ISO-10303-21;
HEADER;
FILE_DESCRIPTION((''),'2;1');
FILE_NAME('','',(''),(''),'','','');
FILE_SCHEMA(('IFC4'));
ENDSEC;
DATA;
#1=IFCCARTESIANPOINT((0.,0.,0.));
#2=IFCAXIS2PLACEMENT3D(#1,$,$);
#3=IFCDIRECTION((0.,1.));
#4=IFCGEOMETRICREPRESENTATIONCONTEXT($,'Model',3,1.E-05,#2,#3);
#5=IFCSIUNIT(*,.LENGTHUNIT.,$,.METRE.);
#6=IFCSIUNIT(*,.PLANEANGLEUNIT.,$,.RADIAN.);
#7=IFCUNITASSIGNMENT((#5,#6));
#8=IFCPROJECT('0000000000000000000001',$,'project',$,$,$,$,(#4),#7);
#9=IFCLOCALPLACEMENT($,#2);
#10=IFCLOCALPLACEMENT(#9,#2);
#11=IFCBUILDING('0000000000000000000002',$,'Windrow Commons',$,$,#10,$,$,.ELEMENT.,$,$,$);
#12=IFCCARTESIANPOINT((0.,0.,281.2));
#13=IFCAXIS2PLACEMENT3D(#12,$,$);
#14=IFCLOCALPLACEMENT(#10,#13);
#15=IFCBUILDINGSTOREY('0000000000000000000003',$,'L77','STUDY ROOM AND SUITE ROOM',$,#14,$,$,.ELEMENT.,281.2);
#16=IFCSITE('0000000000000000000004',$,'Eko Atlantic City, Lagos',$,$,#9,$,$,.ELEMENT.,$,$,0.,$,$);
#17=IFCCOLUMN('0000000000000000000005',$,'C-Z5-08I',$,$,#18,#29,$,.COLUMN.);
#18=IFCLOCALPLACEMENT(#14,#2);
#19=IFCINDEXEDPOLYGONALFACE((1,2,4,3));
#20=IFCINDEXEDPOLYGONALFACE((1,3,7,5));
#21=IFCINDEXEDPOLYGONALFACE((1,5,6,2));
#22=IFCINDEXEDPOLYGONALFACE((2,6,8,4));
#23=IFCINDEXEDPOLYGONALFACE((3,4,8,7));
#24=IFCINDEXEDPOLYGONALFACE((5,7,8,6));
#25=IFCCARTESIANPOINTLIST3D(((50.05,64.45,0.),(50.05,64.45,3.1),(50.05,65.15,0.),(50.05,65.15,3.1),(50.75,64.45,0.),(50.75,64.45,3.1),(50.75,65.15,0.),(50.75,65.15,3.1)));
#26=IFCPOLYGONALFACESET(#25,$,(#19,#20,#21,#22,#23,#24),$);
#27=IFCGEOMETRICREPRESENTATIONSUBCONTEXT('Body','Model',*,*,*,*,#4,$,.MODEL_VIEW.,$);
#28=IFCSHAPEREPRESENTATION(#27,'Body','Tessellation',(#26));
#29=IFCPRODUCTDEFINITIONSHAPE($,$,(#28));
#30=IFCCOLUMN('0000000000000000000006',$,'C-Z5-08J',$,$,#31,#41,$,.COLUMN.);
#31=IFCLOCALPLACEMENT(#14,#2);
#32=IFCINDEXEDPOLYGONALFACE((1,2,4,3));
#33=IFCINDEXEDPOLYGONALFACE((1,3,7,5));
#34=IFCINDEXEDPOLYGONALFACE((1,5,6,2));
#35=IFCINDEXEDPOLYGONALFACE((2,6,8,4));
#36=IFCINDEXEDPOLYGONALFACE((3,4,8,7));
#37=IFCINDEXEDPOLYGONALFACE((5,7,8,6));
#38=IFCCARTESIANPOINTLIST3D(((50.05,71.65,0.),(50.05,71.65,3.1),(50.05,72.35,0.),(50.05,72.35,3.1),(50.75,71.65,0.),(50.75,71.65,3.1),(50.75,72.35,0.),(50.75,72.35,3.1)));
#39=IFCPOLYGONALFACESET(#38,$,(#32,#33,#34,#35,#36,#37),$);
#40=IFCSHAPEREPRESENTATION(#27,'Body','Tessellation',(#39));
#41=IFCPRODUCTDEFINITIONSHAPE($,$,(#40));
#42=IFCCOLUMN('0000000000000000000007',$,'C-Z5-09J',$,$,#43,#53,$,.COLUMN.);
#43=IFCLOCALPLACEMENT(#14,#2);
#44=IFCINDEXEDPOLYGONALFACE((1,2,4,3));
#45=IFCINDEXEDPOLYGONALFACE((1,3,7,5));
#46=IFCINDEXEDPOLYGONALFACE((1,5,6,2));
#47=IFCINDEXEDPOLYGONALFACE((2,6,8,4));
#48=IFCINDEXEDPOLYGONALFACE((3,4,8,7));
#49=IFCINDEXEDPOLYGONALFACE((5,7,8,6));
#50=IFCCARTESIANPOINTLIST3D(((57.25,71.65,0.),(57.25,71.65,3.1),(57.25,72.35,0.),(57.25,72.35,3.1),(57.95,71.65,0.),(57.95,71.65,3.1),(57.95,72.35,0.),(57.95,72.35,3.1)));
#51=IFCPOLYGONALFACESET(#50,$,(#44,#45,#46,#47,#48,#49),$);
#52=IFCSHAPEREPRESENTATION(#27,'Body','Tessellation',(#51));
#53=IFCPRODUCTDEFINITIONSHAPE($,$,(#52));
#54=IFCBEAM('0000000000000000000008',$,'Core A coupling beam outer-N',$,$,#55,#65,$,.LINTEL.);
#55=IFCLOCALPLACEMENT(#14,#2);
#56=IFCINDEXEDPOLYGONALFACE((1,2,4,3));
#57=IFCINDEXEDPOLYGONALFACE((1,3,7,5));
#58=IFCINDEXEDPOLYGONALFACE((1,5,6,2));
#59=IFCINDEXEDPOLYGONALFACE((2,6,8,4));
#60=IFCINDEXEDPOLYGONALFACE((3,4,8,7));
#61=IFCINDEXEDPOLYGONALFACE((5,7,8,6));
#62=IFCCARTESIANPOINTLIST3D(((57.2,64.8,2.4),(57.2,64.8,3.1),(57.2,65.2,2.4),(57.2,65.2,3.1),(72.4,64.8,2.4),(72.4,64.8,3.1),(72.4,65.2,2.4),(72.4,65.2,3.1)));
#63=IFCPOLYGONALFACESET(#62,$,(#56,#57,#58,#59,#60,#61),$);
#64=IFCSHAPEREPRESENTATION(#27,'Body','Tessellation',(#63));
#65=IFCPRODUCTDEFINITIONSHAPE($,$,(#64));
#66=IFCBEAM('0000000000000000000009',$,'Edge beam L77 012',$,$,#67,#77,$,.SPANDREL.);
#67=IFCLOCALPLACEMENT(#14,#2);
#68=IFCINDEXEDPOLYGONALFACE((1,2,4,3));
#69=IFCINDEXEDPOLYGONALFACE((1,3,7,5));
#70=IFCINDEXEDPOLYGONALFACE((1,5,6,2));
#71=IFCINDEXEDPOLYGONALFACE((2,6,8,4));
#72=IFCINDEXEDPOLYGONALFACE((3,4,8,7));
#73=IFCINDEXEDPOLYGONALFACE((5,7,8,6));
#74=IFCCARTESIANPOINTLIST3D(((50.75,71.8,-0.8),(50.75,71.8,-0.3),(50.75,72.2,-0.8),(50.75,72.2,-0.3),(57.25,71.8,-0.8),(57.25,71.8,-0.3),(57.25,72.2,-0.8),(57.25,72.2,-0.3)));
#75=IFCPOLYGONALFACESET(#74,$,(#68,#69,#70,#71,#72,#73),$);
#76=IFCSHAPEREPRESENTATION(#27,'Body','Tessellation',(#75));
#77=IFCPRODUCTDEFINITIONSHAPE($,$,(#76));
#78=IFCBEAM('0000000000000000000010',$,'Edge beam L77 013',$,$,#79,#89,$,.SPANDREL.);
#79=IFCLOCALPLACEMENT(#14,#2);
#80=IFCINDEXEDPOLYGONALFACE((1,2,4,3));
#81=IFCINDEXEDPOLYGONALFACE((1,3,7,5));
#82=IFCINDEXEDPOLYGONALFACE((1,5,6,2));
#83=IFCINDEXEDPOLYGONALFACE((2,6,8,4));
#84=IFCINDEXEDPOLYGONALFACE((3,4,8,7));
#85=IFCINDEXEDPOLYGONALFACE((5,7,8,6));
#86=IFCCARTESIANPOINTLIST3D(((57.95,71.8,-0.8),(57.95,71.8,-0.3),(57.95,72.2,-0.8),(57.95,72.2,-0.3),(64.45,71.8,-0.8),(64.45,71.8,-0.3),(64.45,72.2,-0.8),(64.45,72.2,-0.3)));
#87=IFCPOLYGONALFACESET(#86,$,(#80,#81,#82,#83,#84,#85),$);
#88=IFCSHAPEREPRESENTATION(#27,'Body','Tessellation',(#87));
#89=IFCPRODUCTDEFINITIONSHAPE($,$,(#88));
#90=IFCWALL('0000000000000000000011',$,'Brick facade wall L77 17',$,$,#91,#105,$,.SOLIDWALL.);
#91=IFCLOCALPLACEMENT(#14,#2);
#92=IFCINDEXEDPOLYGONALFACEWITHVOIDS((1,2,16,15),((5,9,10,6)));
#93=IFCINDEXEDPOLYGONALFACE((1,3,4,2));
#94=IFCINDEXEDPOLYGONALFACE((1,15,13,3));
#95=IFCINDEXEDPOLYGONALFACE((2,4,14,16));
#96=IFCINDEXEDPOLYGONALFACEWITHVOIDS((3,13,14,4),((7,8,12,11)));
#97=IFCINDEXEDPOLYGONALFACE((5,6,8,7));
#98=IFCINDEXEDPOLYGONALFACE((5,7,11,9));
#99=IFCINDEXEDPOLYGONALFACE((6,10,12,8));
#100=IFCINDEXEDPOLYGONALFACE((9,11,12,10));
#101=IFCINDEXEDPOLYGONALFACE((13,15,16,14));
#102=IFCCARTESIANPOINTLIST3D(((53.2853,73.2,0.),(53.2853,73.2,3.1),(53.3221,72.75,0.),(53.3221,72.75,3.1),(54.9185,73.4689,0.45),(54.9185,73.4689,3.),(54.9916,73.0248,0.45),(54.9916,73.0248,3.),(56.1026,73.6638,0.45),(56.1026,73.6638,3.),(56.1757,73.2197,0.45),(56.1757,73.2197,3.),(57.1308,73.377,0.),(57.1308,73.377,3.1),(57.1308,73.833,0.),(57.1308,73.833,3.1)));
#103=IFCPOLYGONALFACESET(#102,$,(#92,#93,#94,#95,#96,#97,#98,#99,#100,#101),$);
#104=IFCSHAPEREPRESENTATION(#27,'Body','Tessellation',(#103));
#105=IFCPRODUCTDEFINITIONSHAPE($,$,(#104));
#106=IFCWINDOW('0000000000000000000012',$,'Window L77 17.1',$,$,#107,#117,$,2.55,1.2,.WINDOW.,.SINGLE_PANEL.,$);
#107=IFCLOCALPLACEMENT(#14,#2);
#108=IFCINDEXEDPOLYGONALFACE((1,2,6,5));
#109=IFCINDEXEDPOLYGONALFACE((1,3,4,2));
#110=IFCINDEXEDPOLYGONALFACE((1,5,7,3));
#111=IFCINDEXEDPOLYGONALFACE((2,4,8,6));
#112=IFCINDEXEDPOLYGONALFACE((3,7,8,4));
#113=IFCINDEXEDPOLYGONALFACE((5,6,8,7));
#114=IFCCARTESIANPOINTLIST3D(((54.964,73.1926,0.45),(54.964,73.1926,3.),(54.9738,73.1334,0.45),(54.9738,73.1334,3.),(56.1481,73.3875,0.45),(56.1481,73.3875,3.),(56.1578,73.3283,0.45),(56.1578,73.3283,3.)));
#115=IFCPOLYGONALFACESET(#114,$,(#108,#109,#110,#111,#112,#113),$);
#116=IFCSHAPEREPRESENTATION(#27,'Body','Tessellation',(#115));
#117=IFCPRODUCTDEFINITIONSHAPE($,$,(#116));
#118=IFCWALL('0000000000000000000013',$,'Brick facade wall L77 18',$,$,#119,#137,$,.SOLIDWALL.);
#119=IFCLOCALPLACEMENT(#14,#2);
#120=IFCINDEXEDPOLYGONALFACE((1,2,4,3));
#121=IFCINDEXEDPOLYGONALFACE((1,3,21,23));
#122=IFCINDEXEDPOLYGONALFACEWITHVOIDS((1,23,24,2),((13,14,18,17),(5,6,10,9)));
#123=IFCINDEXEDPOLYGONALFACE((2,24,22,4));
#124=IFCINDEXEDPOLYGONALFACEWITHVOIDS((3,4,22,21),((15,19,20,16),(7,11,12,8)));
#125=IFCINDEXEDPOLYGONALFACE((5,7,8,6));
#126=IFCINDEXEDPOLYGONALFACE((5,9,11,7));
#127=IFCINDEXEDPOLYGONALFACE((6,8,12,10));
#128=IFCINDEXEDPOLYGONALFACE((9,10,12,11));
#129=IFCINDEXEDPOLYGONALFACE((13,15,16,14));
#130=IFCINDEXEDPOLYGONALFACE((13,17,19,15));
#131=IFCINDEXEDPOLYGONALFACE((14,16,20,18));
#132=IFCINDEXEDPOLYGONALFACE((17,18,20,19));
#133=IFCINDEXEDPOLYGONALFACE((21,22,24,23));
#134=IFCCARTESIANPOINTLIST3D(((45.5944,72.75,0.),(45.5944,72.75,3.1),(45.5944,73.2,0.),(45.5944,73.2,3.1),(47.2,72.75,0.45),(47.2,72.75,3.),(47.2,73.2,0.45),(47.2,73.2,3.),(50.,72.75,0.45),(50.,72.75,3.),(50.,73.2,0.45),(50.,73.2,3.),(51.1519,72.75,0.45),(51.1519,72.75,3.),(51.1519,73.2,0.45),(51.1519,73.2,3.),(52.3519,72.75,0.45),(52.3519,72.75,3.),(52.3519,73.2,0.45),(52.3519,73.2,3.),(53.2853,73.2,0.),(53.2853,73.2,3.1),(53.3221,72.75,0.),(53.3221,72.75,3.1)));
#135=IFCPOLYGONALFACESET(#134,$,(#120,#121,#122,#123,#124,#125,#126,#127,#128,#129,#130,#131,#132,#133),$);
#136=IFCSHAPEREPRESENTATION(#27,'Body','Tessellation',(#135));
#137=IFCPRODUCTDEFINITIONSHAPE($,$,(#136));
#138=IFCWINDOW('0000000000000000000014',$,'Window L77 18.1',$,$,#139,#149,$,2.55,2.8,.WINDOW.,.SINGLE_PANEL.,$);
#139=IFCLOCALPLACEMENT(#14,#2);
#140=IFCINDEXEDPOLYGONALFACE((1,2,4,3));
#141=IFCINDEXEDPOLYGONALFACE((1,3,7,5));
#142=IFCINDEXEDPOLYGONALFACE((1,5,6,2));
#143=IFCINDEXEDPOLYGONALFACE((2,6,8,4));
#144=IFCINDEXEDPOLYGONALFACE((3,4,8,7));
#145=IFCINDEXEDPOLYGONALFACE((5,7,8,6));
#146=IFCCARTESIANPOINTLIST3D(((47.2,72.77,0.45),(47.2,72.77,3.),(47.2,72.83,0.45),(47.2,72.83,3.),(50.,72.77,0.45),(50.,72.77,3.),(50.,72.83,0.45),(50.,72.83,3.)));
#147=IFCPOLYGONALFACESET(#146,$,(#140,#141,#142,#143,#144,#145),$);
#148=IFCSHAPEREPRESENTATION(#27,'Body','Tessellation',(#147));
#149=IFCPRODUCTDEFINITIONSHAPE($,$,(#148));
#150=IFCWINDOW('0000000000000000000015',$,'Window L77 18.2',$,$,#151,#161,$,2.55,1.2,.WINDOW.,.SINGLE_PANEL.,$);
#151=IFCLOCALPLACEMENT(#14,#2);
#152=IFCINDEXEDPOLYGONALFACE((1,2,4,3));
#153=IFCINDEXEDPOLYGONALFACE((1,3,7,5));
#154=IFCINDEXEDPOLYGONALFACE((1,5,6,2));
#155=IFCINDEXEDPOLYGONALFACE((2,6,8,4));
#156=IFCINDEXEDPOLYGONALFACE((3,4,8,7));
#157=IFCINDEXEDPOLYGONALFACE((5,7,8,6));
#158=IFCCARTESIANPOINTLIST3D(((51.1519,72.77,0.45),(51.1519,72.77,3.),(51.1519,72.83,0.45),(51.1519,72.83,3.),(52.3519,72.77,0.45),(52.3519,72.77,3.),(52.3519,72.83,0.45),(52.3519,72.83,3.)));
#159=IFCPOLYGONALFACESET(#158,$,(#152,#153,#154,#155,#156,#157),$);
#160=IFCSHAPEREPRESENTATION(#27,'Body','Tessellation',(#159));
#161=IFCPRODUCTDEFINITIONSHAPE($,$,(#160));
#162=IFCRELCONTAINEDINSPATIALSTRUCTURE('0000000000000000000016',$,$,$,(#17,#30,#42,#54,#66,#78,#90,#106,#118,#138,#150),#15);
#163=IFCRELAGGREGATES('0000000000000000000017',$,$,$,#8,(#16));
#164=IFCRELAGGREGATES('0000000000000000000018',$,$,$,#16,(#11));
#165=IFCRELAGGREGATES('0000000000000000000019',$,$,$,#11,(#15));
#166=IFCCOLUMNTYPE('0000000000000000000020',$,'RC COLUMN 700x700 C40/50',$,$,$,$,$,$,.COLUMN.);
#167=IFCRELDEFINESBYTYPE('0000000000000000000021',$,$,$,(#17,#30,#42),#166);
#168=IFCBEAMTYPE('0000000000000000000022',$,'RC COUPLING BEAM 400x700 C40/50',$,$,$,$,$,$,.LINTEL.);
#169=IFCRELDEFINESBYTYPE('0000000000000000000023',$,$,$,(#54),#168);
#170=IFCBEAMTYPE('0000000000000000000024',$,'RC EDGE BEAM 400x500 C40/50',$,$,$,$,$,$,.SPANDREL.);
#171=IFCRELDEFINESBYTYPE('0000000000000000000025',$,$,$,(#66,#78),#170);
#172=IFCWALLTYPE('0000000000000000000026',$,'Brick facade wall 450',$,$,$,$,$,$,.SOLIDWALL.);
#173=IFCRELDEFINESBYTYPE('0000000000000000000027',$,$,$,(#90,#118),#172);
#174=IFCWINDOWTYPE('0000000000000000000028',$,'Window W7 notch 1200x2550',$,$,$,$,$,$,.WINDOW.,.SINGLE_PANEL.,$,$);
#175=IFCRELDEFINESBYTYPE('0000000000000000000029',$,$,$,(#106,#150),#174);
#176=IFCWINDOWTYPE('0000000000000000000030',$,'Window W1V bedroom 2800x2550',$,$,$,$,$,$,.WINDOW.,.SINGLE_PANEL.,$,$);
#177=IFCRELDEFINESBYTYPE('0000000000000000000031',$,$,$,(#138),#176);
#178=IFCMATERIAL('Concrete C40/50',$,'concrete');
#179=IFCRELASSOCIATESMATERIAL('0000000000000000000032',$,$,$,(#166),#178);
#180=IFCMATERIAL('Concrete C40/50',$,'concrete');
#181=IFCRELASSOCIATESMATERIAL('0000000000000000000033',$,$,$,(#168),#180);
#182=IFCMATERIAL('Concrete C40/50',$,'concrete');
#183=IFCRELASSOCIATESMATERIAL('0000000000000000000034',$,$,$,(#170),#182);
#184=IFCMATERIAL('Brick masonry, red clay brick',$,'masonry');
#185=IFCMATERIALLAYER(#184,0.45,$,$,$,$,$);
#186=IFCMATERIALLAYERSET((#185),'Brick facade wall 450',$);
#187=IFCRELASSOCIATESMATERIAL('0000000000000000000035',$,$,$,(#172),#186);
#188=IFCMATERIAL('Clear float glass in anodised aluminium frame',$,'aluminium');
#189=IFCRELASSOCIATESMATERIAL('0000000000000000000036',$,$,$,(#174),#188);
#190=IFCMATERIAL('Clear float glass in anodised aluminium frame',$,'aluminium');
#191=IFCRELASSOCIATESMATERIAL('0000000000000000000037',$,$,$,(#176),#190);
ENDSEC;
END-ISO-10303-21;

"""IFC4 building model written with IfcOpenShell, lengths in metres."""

from ifc_helpers import new_model, si_unit, direction, frame, frame_2d, origin, origin_2d, place, context, subcontext, project, spatial, polyline, rectangle, outline, extrude, material, layer, layer_set, material_profile, profile_set, type_object, element, fill, save


model = new_model("IFC4")

# Units and contexts
model_context = context("Model", 3, precision=1e-05, world=origin(), true_north=direction((0.0, 1.0)))
body_context = subcontext(model_context, "Body", "Model", "MODEL_VIEW")
ifc_project = project(units=[si_unit("LENGTHUNIT", "METRE"), si_unit("PLANEANGLEUNIT", "RADIAN")], contexts=[model_context])

# Site, building, storey
site_placement = place(None, origin())
site = spatial("IfcSite", under=ifc_project, at=site_placement, Name="Eko Atlantic City, Lagos", CompositionType="ELEMENT", RefElevation=0.0)
building_placement = place(site_placement, origin())
building = spatial("IfcBuilding", under=site, at=building_placement, Name="Windrow Commons", CompositionType="ELEMENT")
storey_placement = place(building_placement, frame((0.0, 0.0, 281.2)))
storey = spatial("IfcBuildingStorey", under=building, at=storey_placement, Name="L77", Description="STUDY ROOM AND SUITE ROOM", CompositionType="ELEMENT", Elevation=281.2)

# Columns
ifc_material_1 = material(Name="Concrete C40/50", Category="concrete")
ifc_material_profile_1 = material_profile(ifc_material_1, rectangle(XDim=0.7, YDim=0.7, at=origin_2d()))
ifc_profile_set_1 = profile_set([ifc_material_profile_1], Name="Concrete C40/50")
column_type = type_object("IfcColumnType", Name="RC COLUMN 700x700 C40/50", PredefinedType="COLUMN", material=ifc_profile_set_1)
for number, where, z_axis, x_axis, name in (
    (1, (50.4, 64.8, 0.0), (0.0, 0.0, 1.0), (1.0, 0.0, 0.0), "C-Z5-08I"),
    (2, (50.4, 72.0, 0.0), (0.0, 0.0, 1.0), (1.0, 0.0, 0.0), "C-Z5-08J"),
    (3, (57.6, 72.0, 0.0), (0.0, 0.0, 1.0), (1.0, 0.0, 0.0), "C-Z5-09J"),
):
    element("IfcColumn", number, at=place(storey_placement, frame(where, z_axis=z_axis, x_axis=x_axis)), inside=storey, type_object=column_type, Name=name, PredefinedType="COLUMN", context=body_context, shape_type="SweptSolid", body=[
        extrude(rectangle(XDim=0.7, YDim=0.7, at=origin_2d()), origin(), (0.0, 0.0, 1.0), 3.1),
    ])

# Beams
ifc_material_2 = material(Name="Concrete C40/50", Category="concrete")
ifc_material_profile_2 = material_profile(ifc_material_2, rectangle(XDim=0.4, YDim=0.7, at=origin_2d()))
ifc_profile_set_2 = profile_set([ifc_material_profile_2], Name="Concrete C40/50")
beam_type_1 = type_object("IfcBeamType", Name="RC COUPLING BEAM 400x700 C40/50", PredefinedType="LINTEL", material=ifc_profile_set_2)
beam_placement = place(storey_placement, frame((57.2, 65.0, 2.75), z_axis=(1.0, 0.0, 0.0), x_axis=(0.0, 1.0, 0.0)))
element("IfcBeam", 4, at=beam_placement, inside=storey, type_object=beam_type_1, Name="Core A coupling beam outer-N", PredefinedType="LINTEL", context=body_context, shape_type="SweptSolid", body=[
    extrude(rectangle(XDim=0.4, YDim=0.7, at=origin_2d()), origin(), (0.0, 0.0, 1.0), 15.2),
])
ifc_material_3 = material(Name="Concrete C40/50", Category="concrete")
ifc_material_profile_3 = material_profile(ifc_material_3, rectangle(XDim=0.4, YDim=0.5, at=origin_2d()))
ifc_profile_set_3 = profile_set([ifc_material_profile_3], Name="Concrete C40/50")
beam_type_2 = type_object("IfcBeamType", Name="RC EDGE BEAM 400x500 C40/50", PredefinedType="SPANDREL", material=ifc_profile_set_3)
for number, where, z_axis, x_axis, name in (
    (5, (50.75, 72.0, -0.55), (1.0, 0.0, 0.0), (0.0, 1.0, 0.0), "Edge beam L77 012"),
    (6, (57.95, 72.0, -0.55), (1.0, 0.0, 0.0), (0.0, 1.0, 0.0), "Edge beam L77 013"),
):
    element("IfcBeam", number, at=place(storey_placement, frame(where, z_axis=z_axis, x_axis=x_axis)), inside=storey, type_object=beam_type_2, Name=name, PredefinedType="SPANDREL", context=body_context, shape_type="SweptSolid", body=[
        extrude(rectangle(XDim=0.4, YDim=0.5, at=origin_2d()), origin(), (0.0, 0.0, 1.0), 6.5),
    ])

# Wall, opening, window
ifc_material_4 = material(Name="Brick masonry, red clay brick", Category="masonry")
ifc_layer_1 = layer(ifc_material_4, 0.45)
ifc_layer_set_1 = layer_set([ifc_layer_1], Name="Brick facade wall 450")
wall_type_1 = type_object("IfcWallType", Name="Brick facade wall 450", PredefinedType="SOLIDWALL", material=ifc_layer_set_1)
wall_1_placement = place(storey_placement, frame((57.1308, 73.605, 0.0), z_axis=(0.0, 0.0, 1.0), x_axis=(-0.98672, -0.162429, 0.0)))
wall_1 = element("IfcWall", 7, at=wall_1_placement, inside=storey, type_object=wall_type_1, Name="Brick facade wall L77 17", PredefinedType="SOLIDWALL", context=body_context, shape_type="SweptSolid", body=[
    extrude(outline(polyline([(-0.037, -0.225), (3.8602, -0.225), (3.897, 0.225), (0.037, 0.225), (-0.037, -0.225)])), origin(), (0.0, 0.0, 1.0), 3.1),
])
opening_1_placement = place(wall_1_placement, frame((1.005, 0.0, 0.45)))
opening_1 = element("IfcOpeningElement", 8, at=opening_1_placement, cuts=wall_1, PredefinedType="OPENING", context=body_context, shape_type="SweptSolid", body=[
    extrude(rectangle(XDim=1.2, YDim=2.55, at=frame_2d((0.6, 1.275))), frame((0.0, 0.235, 0.0), z_axis=(0.0, -1.0, 0.0), x_axis=(1.0, 0.0, 0.0)), (0.0, 0.0, 1.0), 0.47),
])
ifc_material_5 = material(Name="Clear float glass in anodised aluminium frame", Category="aluminium")
window_type_1 = type_object("IfcWindowType", Name="Window W7 notch 1200x2550", PartitioningType="SINGLE_PANEL", PredefinedType="WINDOW", material=ifc_material_5)
window_1_placement = place(opening_1_placement, origin())
window_1 = element("IfcWindow", 9, at=window_1_placement, inside=storey, type_object=window_type_1, Name="Window L77 17.1", OverallHeight=2.55, OverallWidth=1.2, PartitioningType="SINGLE_PANEL", PredefinedType="WINDOW", context=body_context, shape_type="SweptSolid", body=[
    extrude(rectangle(XDim=1.2, YDim=2.55, at=frame_2d((0.6, 1.275))), frame((0.0, 0.115, 0.0), z_axis=(0.0, -1.0, 0.0), x_axis=(1.0, 0.0, 0.0)), (0.0, 0.0, 1.0), 0.06),
])
fill(opening_1, window_1)

# Wall, openings, windows
wall_2_placement = place(storey_placement, frame((53.3037, 72.975, 0.0), z_axis=(0.0, 0.0, 1.0), x_axis=(-1.0, 0.0, 0.0)))
wall_2 = element("IfcWall", 10, at=wall_2_placement, inside=storey, type_object=wall_type_1, Name="Brick facade wall L77 18", PredefinedType="SOLIDWALL", context=body_context, shape_type="SweptSolid", body=[
    extrude(outline(polyline([(0.0184, -0.225), (7.7093, -0.225), (7.7093, 0.225), (-0.0184, 0.225), (0.0184, -0.225)])), origin(), (0.0, 0.0, 1.0), 3.1),
])
opening_2_placement = place(wall_2_placement, frame((3.3037, 0.0, 0.45)))
opening_2 = element("IfcOpeningElement", 11, at=opening_2_placement, cuts=wall_2, PredefinedType="OPENING", context=body_context, shape_type="SweptSolid", body=[
    extrude(rectangle(XDim=2.8, YDim=2.55, at=frame_2d((1.4, 1.275))), frame((0.0, 0.235, 0.0), z_axis=(0.0, -1.0, 0.0), x_axis=(1.0, 0.0, 0.0)), (0.0, 0.0, 1.0), 0.47),
])
opening_3_placement = place(wall_2_placement, frame((0.9518, 0.0, 0.45)))
opening_3 = element("IfcOpeningElement", 12, at=opening_3_placement, cuts=wall_2, PredefinedType="OPENING", context=body_context, shape_type="SweptSolid", body=[
    extrude(rectangle(XDim=1.2, YDim=2.55, at=frame_2d((0.6, 1.275))), frame((0.0, 0.235, 0.0), z_axis=(0.0, -1.0, 0.0), x_axis=(1.0, 0.0, 0.0)), (0.0, 0.0, 1.0), 0.47),
])
ifc_material_6 = material(Name="Clear float glass in anodised aluminium frame", Category="aluminium")
window_type_2 = type_object("IfcWindowType", Name="Window W1V bedroom 2800x2550", PartitioningType="SINGLE_PANEL", PredefinedType="WINDOW", material=ifc_material_6)
window_2_placement = place(opening_2_placement, origin())
window_2 = element("IfcWindow", 13, at=window_2_placement, inside=storey, type_object=window_type_2, Name="Window L77 18.1", OverallHeight=2.55, OverallWidth=2.8, PartitioningType="SINGLE_PANEL", PredefinedType="WINDOW", context=body_context, shape_type="SweptSolid", body=[
    extrude(rectangle(XDim=2.8, YDim=2.55, at=frame_2d((1.4, 1.275))), frame((0.0, 0.205, 0.0), z_axis=(0.0, -1.0, 0.0), x_axis=(1.0, 0.0, 0.0)), (0.0, 0.0, 1.0), 0.06),
])
fill(opening_2, window_2)
window_3_placement = place(opening_3_placement, origin())
window_3 = element("IfcWindow", 14, at=window_3_placement, inside=storey, type_object=window_type_1, Name="Window L77 18.2", OverallHeight=2.55, OverallWidth=1.2, PartitioningType="SINGLE_PANEL", PredefinedType="WINDOW", context=body_context, shape_type="SweptSolid", body=[
    extrude(rectangle(XDim=1.2, YDim=2.55, at=frame_2d((0.6, 1.275))), frame((0.0, 0.205, 0.0), z_axis=(0.0, -1.0, 0.0), x_axis=(1.0, 0.0, 0.0)), (0.0, 0.0, 1.0), 0.06),
])
fill(opening_3, window_3)

save(model, "model.ifc")
